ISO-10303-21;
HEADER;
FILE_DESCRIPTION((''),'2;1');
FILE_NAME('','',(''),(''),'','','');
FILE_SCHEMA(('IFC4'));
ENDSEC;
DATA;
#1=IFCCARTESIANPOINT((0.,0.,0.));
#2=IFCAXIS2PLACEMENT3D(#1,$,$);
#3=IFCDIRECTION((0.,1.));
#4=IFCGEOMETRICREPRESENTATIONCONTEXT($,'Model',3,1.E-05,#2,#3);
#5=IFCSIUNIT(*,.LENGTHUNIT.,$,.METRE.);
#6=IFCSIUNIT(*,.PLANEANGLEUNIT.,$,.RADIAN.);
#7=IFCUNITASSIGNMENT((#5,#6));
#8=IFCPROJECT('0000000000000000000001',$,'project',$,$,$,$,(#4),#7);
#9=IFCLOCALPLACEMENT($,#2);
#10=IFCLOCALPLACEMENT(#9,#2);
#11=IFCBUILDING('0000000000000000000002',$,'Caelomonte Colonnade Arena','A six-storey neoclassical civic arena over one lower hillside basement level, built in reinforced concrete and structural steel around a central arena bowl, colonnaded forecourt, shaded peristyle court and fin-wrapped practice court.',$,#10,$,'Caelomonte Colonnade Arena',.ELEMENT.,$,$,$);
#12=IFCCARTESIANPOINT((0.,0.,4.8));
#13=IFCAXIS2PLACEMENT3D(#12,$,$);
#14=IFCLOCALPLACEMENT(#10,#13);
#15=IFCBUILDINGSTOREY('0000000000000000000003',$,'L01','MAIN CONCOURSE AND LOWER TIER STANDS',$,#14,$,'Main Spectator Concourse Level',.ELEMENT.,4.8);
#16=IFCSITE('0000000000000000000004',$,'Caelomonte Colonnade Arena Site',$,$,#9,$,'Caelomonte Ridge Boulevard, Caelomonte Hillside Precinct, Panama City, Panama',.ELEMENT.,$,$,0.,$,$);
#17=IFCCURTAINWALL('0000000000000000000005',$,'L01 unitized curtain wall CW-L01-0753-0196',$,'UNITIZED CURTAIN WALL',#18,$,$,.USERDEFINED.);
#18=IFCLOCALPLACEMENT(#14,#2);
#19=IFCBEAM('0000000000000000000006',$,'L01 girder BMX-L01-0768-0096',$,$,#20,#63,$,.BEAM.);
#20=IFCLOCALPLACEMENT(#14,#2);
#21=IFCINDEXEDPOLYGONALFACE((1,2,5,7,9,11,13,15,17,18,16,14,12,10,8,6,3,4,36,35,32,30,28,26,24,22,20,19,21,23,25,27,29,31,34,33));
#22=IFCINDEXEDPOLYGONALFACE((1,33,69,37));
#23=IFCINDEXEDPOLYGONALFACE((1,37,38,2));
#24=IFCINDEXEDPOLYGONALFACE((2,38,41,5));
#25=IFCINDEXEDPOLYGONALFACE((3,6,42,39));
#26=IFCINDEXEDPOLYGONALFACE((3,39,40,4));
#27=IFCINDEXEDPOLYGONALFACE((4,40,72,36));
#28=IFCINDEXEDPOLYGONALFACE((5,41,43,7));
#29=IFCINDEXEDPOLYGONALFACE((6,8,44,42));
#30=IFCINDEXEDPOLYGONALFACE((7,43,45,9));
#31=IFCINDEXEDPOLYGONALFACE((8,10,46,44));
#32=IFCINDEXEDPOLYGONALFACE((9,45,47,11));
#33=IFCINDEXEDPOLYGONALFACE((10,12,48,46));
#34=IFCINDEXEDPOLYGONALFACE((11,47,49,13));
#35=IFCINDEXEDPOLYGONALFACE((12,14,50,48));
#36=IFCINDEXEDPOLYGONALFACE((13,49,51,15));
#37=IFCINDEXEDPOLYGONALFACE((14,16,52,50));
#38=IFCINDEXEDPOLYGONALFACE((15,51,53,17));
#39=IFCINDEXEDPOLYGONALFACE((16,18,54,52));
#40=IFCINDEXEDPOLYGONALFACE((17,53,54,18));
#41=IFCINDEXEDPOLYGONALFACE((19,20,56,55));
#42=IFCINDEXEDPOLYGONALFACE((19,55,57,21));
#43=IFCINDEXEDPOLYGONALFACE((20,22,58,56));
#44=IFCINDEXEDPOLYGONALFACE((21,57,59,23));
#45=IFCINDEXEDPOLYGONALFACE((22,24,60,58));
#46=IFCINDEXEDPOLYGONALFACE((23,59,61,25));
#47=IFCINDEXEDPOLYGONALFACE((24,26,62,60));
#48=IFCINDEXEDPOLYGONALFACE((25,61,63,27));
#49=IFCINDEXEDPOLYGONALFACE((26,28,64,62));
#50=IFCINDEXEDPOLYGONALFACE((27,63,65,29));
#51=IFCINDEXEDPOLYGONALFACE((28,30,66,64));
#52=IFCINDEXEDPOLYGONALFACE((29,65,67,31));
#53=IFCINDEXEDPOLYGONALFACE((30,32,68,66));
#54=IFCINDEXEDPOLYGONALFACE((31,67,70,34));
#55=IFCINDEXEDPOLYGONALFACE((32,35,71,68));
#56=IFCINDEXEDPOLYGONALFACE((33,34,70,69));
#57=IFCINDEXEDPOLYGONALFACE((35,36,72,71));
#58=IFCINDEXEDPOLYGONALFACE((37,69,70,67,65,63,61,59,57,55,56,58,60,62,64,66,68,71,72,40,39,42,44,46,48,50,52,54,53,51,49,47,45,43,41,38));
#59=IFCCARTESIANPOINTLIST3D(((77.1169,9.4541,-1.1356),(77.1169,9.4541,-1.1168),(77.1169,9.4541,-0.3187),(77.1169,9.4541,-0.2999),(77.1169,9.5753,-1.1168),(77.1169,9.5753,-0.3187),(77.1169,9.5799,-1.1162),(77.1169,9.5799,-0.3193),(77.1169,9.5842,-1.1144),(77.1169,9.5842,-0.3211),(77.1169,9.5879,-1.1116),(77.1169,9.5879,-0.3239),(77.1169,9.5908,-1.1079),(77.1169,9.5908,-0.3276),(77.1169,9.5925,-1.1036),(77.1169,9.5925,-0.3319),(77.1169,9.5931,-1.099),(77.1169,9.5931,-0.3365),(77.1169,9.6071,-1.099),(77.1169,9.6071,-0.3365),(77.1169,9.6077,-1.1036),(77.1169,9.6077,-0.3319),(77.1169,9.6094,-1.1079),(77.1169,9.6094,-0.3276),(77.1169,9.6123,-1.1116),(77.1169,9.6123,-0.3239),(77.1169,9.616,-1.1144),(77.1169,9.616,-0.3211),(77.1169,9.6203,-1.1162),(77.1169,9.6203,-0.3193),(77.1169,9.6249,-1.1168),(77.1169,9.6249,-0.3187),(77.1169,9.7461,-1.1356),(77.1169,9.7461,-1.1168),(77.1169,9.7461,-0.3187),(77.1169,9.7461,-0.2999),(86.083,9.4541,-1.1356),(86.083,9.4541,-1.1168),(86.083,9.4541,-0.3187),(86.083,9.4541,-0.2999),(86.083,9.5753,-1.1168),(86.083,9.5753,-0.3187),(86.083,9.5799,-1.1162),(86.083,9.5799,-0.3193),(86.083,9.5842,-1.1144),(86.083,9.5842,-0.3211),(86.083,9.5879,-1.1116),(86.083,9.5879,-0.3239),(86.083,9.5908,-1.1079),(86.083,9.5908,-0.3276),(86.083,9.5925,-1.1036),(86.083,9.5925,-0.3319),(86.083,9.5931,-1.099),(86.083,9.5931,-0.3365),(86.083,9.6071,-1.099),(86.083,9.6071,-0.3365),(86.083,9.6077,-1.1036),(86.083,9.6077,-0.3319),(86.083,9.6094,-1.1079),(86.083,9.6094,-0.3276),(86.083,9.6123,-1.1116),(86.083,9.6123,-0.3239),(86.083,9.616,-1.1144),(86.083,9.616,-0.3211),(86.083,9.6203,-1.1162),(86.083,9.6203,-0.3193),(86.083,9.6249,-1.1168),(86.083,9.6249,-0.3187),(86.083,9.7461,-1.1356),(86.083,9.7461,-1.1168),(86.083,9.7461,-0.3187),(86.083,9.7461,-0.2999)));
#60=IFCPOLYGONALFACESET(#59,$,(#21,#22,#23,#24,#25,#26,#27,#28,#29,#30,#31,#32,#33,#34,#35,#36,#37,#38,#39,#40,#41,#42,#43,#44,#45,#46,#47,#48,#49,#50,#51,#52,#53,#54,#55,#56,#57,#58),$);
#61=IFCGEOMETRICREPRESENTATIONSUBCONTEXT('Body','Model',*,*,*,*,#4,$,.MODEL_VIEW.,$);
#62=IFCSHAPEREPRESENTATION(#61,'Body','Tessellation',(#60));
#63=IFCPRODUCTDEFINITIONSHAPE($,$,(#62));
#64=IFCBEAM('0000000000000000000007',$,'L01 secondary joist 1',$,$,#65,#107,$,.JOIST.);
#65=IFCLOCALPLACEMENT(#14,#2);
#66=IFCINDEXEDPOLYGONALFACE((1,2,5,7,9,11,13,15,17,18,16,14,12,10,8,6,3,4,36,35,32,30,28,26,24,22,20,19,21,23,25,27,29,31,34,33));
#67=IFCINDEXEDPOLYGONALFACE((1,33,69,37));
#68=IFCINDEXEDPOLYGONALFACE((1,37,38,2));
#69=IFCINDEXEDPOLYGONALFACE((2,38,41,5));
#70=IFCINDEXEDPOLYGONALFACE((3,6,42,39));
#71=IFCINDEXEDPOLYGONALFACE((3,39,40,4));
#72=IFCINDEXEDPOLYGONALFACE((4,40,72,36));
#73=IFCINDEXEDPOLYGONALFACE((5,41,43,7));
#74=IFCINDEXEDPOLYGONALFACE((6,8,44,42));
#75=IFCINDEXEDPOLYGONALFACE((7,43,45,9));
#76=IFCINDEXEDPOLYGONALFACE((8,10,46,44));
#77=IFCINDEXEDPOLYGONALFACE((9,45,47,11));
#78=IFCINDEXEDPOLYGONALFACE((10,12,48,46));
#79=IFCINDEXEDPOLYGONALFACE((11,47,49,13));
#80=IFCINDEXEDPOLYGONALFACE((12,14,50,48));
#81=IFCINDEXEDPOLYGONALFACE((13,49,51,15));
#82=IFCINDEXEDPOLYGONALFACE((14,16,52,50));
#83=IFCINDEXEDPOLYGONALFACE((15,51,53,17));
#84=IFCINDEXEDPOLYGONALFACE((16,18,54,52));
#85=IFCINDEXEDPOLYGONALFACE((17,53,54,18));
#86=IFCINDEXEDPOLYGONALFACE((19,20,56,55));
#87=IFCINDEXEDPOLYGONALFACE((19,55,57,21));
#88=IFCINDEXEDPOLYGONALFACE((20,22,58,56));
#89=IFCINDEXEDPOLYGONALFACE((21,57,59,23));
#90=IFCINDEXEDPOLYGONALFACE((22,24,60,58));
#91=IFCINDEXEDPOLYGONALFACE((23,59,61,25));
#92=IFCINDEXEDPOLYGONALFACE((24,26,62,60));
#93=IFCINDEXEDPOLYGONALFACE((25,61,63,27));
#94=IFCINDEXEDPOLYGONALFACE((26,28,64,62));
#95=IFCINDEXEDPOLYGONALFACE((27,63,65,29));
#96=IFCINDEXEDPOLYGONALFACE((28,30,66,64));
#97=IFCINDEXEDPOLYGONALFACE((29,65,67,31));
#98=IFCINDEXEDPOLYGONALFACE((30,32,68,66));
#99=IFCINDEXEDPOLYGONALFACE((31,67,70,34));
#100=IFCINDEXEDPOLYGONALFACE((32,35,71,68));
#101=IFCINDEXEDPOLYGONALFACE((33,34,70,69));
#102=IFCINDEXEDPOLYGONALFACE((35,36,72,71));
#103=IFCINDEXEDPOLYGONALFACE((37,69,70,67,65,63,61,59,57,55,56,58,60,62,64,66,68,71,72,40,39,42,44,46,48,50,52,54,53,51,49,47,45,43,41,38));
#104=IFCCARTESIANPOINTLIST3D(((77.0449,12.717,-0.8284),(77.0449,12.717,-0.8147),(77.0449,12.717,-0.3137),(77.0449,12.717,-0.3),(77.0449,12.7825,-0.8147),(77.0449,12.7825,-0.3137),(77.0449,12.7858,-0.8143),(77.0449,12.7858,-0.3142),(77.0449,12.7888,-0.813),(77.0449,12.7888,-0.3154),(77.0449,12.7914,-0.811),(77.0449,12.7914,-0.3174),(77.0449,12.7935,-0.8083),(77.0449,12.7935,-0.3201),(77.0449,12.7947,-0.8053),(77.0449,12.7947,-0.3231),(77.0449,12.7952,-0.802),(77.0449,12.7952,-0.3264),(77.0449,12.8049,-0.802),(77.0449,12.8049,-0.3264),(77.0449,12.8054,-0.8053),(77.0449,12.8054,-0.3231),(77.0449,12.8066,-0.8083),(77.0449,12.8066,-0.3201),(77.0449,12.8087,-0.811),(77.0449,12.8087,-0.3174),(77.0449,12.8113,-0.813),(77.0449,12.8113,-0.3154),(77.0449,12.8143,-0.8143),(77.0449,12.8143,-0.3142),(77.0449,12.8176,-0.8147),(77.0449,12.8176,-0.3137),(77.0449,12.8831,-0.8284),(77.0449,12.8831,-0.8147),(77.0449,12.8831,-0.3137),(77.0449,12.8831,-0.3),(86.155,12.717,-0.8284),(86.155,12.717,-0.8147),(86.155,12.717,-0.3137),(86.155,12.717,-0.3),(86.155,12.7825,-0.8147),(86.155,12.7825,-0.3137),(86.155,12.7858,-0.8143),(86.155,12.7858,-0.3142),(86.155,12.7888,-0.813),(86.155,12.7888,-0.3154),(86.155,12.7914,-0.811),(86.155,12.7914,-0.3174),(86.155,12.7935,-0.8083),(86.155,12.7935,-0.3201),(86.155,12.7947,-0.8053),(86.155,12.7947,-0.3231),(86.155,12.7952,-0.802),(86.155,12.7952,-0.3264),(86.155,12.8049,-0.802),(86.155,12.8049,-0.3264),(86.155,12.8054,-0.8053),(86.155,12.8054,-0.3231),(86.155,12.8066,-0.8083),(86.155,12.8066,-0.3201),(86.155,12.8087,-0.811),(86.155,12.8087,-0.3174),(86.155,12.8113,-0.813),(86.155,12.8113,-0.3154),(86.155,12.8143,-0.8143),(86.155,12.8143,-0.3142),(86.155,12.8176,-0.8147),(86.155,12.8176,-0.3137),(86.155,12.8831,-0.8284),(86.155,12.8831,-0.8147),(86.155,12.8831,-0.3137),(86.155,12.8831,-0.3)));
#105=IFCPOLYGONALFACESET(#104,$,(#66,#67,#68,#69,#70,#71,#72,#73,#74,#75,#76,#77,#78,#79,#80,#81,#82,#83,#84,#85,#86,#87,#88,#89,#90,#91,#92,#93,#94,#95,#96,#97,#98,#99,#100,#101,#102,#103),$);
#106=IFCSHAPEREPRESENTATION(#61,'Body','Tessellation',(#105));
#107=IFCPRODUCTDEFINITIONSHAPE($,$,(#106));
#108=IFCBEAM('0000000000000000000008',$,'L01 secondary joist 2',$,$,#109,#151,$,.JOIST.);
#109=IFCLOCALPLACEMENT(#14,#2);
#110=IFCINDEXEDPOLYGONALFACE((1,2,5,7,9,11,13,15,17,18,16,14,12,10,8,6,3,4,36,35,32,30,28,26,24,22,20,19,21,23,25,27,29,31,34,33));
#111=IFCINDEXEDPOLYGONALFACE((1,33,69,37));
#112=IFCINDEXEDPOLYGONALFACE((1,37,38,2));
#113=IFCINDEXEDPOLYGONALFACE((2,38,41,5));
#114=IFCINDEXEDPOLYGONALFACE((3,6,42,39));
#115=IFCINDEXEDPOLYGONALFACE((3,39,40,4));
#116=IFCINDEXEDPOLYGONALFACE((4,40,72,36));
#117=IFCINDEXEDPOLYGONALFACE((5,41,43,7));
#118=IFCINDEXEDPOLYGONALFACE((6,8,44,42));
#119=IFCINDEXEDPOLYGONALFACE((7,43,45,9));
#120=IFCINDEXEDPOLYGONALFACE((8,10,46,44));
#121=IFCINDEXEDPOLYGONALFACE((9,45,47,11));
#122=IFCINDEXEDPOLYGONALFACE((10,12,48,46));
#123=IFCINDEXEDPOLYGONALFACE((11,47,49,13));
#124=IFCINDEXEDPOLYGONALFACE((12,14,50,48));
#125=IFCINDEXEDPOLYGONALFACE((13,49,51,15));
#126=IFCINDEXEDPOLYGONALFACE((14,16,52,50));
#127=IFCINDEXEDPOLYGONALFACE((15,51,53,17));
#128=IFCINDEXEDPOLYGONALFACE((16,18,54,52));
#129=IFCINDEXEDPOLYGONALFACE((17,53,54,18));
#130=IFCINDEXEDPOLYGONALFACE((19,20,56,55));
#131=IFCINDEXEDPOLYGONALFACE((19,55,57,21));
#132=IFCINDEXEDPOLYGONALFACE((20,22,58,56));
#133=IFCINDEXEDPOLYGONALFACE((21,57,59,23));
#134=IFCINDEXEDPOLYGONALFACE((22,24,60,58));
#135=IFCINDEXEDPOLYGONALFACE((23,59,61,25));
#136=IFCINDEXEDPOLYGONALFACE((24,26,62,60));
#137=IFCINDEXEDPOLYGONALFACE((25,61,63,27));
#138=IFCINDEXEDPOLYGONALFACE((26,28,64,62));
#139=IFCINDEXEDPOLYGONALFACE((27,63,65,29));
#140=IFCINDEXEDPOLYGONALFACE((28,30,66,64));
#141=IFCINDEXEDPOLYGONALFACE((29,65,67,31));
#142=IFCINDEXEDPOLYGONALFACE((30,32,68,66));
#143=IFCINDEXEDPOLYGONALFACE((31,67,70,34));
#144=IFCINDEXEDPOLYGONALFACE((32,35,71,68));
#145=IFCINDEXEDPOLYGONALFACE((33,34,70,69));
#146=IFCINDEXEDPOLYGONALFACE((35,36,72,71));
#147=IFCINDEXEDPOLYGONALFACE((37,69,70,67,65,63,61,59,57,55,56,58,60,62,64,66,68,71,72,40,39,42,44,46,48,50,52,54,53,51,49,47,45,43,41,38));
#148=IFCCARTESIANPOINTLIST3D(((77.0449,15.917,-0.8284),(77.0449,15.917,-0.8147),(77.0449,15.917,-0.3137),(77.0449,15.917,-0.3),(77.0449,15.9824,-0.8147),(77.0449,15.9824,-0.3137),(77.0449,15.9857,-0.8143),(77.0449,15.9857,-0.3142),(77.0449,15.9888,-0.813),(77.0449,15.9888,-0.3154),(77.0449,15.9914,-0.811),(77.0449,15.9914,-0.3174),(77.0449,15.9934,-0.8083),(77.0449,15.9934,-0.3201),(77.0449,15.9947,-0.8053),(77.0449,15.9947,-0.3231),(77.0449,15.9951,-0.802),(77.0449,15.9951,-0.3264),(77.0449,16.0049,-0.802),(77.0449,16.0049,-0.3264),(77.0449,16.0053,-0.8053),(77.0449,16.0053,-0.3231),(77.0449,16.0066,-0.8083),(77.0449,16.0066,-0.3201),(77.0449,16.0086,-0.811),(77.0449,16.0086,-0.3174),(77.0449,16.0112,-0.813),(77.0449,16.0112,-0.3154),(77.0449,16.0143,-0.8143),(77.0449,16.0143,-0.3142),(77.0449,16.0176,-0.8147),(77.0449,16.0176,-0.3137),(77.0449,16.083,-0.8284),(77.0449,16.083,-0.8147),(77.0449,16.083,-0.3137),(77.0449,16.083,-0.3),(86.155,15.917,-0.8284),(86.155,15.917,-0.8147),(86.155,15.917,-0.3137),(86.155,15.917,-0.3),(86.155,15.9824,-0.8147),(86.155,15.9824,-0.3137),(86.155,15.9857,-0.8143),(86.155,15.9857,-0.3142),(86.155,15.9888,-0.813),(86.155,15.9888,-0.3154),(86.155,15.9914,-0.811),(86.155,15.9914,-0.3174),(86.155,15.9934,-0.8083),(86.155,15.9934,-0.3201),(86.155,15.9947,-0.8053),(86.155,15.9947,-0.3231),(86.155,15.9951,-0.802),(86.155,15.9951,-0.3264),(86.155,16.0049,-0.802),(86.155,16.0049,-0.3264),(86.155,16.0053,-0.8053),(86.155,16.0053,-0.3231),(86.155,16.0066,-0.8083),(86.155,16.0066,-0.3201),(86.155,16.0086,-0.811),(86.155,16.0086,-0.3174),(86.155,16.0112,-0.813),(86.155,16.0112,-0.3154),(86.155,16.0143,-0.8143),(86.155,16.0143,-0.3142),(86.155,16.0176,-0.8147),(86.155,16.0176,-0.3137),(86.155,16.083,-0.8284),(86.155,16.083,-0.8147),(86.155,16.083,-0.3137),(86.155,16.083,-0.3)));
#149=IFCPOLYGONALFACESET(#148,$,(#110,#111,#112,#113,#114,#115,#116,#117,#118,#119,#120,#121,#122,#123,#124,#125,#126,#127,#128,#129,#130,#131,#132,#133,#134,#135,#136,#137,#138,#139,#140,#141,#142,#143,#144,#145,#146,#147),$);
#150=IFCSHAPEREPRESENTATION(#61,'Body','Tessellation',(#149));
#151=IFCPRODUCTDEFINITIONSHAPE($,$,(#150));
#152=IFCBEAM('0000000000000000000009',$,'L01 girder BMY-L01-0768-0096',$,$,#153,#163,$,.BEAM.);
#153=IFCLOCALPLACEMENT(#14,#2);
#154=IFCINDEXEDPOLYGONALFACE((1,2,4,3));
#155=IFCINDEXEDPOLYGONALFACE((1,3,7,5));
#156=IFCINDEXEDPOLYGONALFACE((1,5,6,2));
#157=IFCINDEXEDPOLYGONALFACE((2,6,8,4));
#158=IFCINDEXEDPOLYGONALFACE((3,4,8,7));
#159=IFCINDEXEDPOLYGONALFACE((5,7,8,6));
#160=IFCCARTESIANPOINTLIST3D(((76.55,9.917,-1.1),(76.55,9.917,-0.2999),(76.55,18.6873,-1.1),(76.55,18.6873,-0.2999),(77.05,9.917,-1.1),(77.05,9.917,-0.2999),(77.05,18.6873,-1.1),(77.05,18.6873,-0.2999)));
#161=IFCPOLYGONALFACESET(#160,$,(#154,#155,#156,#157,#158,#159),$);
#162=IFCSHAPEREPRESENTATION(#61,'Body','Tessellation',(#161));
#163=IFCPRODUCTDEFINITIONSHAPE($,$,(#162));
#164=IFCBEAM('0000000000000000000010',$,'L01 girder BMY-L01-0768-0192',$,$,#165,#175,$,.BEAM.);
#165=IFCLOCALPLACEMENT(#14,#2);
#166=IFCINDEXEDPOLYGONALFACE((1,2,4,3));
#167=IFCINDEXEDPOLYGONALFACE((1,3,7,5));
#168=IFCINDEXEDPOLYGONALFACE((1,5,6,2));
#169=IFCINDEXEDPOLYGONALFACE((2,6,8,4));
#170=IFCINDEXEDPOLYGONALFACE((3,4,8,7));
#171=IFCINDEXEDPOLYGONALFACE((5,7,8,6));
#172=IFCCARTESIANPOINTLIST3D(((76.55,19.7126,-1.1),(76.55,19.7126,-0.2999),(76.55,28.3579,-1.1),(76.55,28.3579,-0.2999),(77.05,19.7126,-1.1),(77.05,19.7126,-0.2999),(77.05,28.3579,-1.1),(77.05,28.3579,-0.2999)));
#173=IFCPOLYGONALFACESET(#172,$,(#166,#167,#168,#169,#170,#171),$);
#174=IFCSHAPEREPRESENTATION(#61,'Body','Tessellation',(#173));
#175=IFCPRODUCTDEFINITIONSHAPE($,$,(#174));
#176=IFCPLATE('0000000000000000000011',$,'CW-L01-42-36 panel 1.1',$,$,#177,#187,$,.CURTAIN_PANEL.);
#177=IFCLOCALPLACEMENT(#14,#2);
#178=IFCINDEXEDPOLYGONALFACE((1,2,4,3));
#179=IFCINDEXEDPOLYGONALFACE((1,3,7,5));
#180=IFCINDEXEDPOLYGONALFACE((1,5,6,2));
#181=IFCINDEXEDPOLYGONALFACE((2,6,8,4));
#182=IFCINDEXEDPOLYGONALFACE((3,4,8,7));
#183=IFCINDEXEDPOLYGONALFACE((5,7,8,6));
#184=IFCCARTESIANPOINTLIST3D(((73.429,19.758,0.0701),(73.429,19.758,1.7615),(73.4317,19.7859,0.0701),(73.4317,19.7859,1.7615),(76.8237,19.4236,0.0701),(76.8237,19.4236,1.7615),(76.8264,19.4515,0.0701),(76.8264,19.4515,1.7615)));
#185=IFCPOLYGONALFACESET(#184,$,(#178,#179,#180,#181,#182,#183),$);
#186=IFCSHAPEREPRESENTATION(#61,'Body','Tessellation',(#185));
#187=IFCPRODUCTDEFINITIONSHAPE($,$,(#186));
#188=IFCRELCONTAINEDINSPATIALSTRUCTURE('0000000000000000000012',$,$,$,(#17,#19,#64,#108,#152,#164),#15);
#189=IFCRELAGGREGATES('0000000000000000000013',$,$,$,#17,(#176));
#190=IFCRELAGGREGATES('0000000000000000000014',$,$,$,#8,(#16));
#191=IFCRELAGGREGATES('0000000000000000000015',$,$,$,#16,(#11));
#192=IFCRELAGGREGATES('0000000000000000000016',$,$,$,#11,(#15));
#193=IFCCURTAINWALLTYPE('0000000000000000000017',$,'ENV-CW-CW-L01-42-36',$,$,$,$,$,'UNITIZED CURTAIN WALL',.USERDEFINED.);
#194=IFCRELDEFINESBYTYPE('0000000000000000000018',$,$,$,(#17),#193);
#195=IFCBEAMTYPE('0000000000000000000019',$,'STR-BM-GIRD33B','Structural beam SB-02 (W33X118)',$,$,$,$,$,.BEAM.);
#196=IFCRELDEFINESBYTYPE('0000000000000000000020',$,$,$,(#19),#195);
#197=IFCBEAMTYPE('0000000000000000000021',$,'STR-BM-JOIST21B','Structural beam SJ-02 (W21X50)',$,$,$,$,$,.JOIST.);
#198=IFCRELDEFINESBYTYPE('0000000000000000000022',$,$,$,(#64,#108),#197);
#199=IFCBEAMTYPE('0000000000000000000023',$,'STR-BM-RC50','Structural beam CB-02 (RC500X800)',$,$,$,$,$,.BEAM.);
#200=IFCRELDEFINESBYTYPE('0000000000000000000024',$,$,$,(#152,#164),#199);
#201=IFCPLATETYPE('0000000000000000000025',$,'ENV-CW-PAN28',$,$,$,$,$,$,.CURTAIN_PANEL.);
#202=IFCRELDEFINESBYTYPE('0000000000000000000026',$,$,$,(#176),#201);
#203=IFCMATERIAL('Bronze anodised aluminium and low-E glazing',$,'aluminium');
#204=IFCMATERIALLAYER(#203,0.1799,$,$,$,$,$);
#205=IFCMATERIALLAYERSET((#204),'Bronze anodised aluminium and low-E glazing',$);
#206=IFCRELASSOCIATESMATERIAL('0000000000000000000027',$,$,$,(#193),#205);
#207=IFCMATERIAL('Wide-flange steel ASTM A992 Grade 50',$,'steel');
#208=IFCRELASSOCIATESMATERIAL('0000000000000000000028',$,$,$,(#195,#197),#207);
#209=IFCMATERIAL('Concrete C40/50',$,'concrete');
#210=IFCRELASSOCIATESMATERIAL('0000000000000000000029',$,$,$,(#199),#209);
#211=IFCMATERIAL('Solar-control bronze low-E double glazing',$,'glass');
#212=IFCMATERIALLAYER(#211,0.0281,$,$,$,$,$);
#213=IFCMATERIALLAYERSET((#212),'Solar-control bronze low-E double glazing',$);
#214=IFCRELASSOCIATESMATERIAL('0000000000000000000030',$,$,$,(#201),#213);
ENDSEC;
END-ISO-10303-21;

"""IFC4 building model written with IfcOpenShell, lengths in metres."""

from ifc_helpers import new_model, si_unit, direction, frame, origin, origin_2d, place, context, subcontext, project, spatial, rectangle, i_section, extrude, material, layer, layer_set, material_profile, profile_set, type_object, element, aggregate, save


model = new_model("IFC4")

# Units and contexts
model_context = context("Model", 3, precision=1e-05, world=origin(), true_north=direction((0.0, 1.0)))
body_context = subcontext(model_context, "Body", "Model", "MODEL_VIEW")
ifc_project = project(units=[si_unit("LENGTHUNIT", "METRE"), si_unit("PLANEANGLEUNIT", "RADIAN")], contexts=[model_context])

# Site, building, storey
site_placement = place(None, origin())
site = spatial("IfcSite", under=ifc_project, at=site_placement, Name="Caelomonte Colonnade Arena Site", LongName="Caelomonte Ridge Boulevard, Caelomonte Hillside Precinct, Panama City, Panama", CompositionType="ELEMENT", RefElevation=0.0)
building_placement = place(site_placement, origin())
building = spatial("IfcBuilding", under=site, at=building_placement, Name="Caelomonte Colonnade Arena", Description="A six-storey neoclassical civic arena over one lower hillside basement level, built in reinforced concrete and structural steel around a central arena bowl, colonnaded forecourt, shaded peristyle court and fin-wrapped practice court.", LongName="Caelomonte Colonnade Arena", CompositionType="ELEMENT")
storey_placement = place(building_placement, frame((0.0, 0.0, 4.8)))
storey = spatial("IfcBuildingStorey", under=building, at=storey_placement, Name="L01", Description="MAIN CONCOURSE AND LOWER TIER STANDS", LongName="Main Spectator Concourse Level", CompositionType="ELEMENT", Elevation=4.8)

# Shared definitions
ifc_material_1 = material(Name="Wide-flange steel ASTM A992 Grade 50", Category="steel")

# Curtain wall
ifc_material_2 = material(Name="Bronze anodised aluminium and low-E glazing", Category="aluminium")
ifc_layer_1 = layer(ifc_material_2, 0.1799)
ifc_layer_set_1 = layer_set([ifc_layer_1], Name="Bronze anodised aluminium and low-E glazing")
curtain_wall_type_1 = type_object("IfcCurtainWallType", Name="ENV-CW-CW-L01-42-36", ElementType="UNITIZED CURTAIN WALL", PredefinedType="USERDEFINED", material=ifc_layer_set_1)
curtain_wall_1_placement = place(storey_placement, origin())
curtain_wall_1 = element("IfcCurtainWall", 1, at=curtain_wall_1_placement, inside=storey, type_object=curtain_wall_type_1, Name="L01 unitized curtain wall CW-L01-0753-0196", ObjectType="UNITIZED CURTAIN WALL", PredefinedType="USERDEFINED")

# Beams
ifc_material_profile_1 = material_profile(ifc_material_1, i_section(OverallWidth=0.292, OverallDepth=0.8357, WebThickness=0.0139, FlangeThickness=0.0188, FilletRadius=0.0178, at=origin_2d()), Name="W33X118")
ifc_profile_set_1 = profile_set([ifc_material_profile_1], Name="Wide-flange steel ASTM A992 Grade 50")
beam_type_1 = type_object("IfcBeamType", Name="STR-BM-GIRD33B", Description="Structural beam SB-02 (W33X118)", PredefinedType="BEAM", material=ifc_profile_set_1)
beam_1_placement = place(storey_placement, frame((77.1169, 9.6001, -0.7178), z_axis=(1.0, 0.0, 0.0), x_axis=(0.0, 1.0, 0.0)))
element("IfcBeam", 2, at=beam_1_placement, inside=storey, type_object=beam_type_1, Name="L01 girder BMX-L01-0768-0096", PredefinedType="BEAM", context=body_context, shape_type="SweptSolid", body=[
    extrude(i_section(OverallWidth=0.292, OverallDepth=0.8357, WebThickness=0.0139, FlangeThickness=0.0188, FilletRadius=0.0178, at=origin_2d()), origin(), (0.0, 0.0, 1.0), 8.9661),
])
ifc_material_profile_2 = material_profile(ifc_material_1, i_section(OverallWidth=0.166, OverallDepth=0.5283, WebThickness=0.0098, FlangeThickness=0.0137, FilletRadius=0.0127, at=origin_2d()), Name="W21X50")
ifc_profile_set_2 = profile_set([ifc_material_profile_2], Name="Wide-flange steel ASTM A992 Grade 50")
beam_type_2 = type_object("IfcBeamType", Name="STR-BM-JOIST21B", Description="Structural beam SJ-02 (W21X50)", PredefinedType="JOIST", material=ifc_profile_set_2)
for number, where, z_axis, x_axis, name in (
    (3, (77.0449, 12.8, -0.5642), (1.0, 0.0, 0.0), (0.0, 1.0, 0.0), "L01 secondary joist 1"),
    (4, (77.0449, 16.0, -0.5642), (1.0, 0.0, 0.0), (0.0, 1.0, 0.0), "L01 secondary joist 2"),
):
    element("IfcBeam", number, at=place(storey_placement, frame(where, z_axis=z_axis, x_axis=x_axis)), inside=storey, type_object=beam_type_2, Name=name, PredefinedType="JOIST", context=body_context, shape_type="SweptSolid", body=[
        extrude(i_section(OverallWidth=0.166, OverallDepth=0.5283, WebThickness=0.0098, FlangeThickness=0.0137, FilletRadius=0.0127, at=origin_2d()), origin(), (0.0, 0.0, 1.0), 9.1101),
    ])
ifc_material_3 = material(Name="Concrete C40/50", Category="concrete")
ifc_material_profile_3 = material_profile(ifc_material_3, rectangle(XDim=0.5, YDim=0.8, at=origin_2d()), Name="RC500X800")
ifc_profile_set_3 = profile_set([ifc_material_profile_3], Name="Concrete C40/50")
beam_type_3 = type_object("IfcBeamType", Name="STR-BM-RC50", Description="Structural beam CB-02 (RC500X800)", PredefinedType="BEAM", material=ifc_profile_set_3)
beam_2_placement = place(storey_placement, frame((76.8, 9.917, -0.7), z_axis=(0.0, 1.0, 0.0), x_axis=(-1.0, 0.0, 0.0)))
element("IfcBeam", 5, at=beam_2_placement, inside=storey, type_object=beam_type_3, Name="L01 girder BMY-L01-0768-0096", PredefinedType="BEAM", context=body_context, shape_type="SweptSolid", body=[
    extrude(rectangle(XDim=0.5, YDim=0.8, at=origin_2d()), origin(), (0.0, 0.0, 1.0), 8.7703),
])
beam_3_placement = place(storey_placement, frame((76.8, 19.7126, -0.7), z_axis=(0.0, 1.0, 0.0), x_axis=(-1.0, 0.0, 0.0)))
element("IfcBeam", 6, at=beam_3_placement, inside=storey, type_object=beam_type_3, Name="L01 girder BMY-L01-0768-0192", PredefinedType="BEAM", context=body_context, shape_type="SweptSolid", body=[
    extrude(rectangle(XDim=0.5, YDim=0.8, at=origin_2d()), origin(), (0.0, 0.0, 1.0), 8.6453),
])

# Plate
ifc_material_4 = material(Name="Solar-control bronze low-E double glazing", Category="glass")
ifc_layer_2 = layer(ifc_material_4, 0.0281)
ifc_layer_set_2 = layer_set([ifc_layer_2], Name="Solar-control bronze low-E double glazing")
plate_type = type_object("IfcPlateType", Name="ENV-CW-PAN28", PredefinedType="CURTAIN_PANEL", material=ifc_layer_set_2)
plate_1_placement = place(storey_placement, frame((75.1277, 19.6047, 0.0701), z_axis=(0.0, 0.0, 1.0), x_axis=(0.995184, -0.098023, 0.0)))
plate_1 = element("IfcPlate", 7, at=plate_1_placement, type_object=plate_type, Name="CW-L01-42-36 panel 1.1", PredefinedType="CURTAIN_PANEL", context=body_context, shape_type="SweptSolid", body=[
    extrude(rectangle(XDim=3.4111, YDim=0.0281, at=origin_2d()), origin(), (0.0, 0.0, 1.0), 1.6914),
])
aggregate(curtain_wall_1, [plate_1])

save(model, "model.ifc")
